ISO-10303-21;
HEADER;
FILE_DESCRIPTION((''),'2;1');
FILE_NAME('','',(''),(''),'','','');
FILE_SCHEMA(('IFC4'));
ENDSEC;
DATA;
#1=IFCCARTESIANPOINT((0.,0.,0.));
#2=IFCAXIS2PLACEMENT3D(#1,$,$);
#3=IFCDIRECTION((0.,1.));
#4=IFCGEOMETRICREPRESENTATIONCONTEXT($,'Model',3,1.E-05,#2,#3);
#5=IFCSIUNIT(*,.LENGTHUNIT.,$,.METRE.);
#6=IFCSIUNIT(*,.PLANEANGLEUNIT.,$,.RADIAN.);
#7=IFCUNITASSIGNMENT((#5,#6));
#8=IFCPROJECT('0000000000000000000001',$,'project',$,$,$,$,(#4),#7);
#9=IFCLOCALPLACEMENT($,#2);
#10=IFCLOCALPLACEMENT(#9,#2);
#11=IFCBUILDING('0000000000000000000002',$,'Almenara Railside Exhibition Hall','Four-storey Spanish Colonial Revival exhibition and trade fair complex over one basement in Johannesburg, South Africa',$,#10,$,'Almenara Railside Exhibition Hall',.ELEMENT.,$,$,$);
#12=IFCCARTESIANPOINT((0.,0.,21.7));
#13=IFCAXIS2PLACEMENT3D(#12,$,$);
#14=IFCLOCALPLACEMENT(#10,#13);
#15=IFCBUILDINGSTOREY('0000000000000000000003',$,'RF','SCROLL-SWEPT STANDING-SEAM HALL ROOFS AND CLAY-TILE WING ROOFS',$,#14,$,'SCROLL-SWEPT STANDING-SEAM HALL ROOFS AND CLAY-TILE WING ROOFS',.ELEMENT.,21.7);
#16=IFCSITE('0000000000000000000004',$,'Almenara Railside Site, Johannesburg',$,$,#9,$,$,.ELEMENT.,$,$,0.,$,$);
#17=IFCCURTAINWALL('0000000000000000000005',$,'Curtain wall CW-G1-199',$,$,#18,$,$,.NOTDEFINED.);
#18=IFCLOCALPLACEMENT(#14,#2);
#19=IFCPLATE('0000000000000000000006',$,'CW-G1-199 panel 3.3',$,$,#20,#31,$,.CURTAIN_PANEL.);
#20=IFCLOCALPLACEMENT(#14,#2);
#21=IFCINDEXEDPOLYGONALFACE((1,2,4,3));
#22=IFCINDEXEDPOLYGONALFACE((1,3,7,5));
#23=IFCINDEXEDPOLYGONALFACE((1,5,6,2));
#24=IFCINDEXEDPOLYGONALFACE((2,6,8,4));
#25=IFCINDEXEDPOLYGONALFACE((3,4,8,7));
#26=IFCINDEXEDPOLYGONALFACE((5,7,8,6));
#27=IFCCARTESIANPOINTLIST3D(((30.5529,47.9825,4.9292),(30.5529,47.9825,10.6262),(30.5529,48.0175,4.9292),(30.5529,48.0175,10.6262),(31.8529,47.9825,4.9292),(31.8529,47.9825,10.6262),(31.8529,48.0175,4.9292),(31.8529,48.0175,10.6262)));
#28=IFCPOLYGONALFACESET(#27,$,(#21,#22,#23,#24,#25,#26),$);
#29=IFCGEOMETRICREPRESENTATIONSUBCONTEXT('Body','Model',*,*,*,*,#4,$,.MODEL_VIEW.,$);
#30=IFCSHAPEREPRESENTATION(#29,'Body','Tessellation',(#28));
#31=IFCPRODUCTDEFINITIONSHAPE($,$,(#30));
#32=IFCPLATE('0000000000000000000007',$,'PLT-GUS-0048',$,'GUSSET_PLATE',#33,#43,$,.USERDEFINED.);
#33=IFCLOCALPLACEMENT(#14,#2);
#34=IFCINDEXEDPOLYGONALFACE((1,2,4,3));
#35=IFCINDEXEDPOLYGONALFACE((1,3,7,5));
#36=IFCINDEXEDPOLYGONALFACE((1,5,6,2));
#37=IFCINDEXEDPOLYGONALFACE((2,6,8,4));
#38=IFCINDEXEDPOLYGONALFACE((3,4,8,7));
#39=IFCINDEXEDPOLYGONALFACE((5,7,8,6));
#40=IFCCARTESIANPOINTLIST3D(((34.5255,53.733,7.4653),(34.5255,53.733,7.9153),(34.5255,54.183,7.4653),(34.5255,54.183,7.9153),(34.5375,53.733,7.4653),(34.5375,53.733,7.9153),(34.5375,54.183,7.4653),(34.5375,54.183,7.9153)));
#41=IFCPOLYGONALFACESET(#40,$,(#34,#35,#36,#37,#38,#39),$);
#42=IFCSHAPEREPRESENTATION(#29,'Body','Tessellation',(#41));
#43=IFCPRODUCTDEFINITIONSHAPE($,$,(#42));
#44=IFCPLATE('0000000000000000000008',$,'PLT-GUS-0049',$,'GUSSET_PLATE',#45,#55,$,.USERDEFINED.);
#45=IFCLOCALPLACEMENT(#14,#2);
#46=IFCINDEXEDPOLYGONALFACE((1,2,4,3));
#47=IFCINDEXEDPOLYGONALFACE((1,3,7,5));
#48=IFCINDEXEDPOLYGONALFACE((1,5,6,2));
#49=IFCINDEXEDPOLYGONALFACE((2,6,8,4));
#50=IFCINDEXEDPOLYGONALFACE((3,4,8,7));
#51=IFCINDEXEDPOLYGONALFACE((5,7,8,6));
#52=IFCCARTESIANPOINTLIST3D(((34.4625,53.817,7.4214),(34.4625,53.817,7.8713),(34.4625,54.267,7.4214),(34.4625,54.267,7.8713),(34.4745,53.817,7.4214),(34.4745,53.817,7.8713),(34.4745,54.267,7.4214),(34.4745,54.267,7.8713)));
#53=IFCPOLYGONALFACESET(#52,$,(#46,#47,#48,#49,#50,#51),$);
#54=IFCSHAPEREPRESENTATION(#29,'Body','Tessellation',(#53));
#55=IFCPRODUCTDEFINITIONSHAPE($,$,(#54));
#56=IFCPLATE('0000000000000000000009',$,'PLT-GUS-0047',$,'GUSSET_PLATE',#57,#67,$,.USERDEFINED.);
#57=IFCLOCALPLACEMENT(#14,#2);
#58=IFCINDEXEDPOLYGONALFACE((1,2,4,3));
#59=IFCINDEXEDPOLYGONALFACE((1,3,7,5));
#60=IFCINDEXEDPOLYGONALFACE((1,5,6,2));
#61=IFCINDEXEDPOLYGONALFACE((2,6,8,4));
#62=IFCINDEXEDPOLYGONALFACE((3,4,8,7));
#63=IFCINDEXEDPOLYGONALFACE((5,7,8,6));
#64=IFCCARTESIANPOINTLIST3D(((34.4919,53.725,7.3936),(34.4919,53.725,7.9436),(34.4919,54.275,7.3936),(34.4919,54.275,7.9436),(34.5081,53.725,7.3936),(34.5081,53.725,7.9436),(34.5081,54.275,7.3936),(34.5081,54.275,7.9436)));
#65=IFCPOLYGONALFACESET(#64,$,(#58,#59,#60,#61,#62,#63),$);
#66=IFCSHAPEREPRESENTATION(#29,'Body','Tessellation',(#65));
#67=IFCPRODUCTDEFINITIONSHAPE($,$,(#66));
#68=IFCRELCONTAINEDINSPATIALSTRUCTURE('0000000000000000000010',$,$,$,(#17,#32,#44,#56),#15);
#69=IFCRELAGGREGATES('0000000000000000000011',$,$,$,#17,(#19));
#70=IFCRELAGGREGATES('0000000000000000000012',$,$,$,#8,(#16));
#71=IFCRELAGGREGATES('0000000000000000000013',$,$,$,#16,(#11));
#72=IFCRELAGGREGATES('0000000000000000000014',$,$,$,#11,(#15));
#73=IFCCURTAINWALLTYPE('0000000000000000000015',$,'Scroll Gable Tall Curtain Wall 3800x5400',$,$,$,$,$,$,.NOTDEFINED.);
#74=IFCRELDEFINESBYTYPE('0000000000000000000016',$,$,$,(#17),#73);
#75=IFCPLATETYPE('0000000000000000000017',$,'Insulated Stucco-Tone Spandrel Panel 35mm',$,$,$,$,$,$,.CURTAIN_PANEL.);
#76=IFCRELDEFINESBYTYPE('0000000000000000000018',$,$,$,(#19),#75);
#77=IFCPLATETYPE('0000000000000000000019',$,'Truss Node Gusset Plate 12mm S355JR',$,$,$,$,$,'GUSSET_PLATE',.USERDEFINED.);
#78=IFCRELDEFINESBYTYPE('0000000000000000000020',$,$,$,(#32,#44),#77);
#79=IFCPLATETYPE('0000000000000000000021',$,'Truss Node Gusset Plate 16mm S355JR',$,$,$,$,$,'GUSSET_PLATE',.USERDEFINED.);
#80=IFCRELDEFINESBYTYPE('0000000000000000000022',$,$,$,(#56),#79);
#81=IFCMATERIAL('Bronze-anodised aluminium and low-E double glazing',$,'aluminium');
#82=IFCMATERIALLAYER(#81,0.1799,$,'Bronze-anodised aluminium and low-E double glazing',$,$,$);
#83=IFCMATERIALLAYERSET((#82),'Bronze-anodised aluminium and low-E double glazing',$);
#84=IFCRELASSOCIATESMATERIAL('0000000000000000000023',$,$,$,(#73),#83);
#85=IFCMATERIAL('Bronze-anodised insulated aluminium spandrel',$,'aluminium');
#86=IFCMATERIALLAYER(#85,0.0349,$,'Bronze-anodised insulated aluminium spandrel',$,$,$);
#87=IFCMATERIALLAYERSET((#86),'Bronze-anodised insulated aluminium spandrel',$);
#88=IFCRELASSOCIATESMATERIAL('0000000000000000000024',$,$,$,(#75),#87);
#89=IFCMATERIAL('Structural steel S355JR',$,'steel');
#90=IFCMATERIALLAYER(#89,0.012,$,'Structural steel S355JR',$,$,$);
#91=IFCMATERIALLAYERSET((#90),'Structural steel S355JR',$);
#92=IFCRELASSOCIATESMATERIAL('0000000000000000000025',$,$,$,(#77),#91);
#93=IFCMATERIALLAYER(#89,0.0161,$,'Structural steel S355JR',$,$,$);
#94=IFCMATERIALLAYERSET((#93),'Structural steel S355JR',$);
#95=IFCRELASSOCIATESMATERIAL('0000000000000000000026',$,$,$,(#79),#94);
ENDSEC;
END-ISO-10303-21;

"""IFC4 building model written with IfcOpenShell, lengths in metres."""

from ifc_helpers import new_model, si_unit, direction, frame, origin, origin_2d, place, context, subcontext, project, spatial, rectangle, extrude, material, layer, layer_set, type_object, element, aggregate, save


model = new_model("IFC4")

# Units and contexts
model_context = context("Model", 3, precision=1e-05, world=origin(), true_north=direction((0.0, 1.0)))
body_context = subcontext(model_context, "Body", "Model", "MODEL_VIEW")
ifc_project = project(units=[si_unit("LENGTHUNIT", "METRE"), si_unit("PLANEANGLEUNIT", "RADIAN")], contexts=[model_context])

# Site, building, storey
site_placement = place(None, origin())
site = spatial("IfcSite", under=ifc_project, at=site_placement, Name="Almenara Railside Site, Johannesburg", CompositionType="ELEMENT", RefElevation=0.0)
building_placement = place(site_placement, origin())
building = spatial("IfcBuilding", under=site, at=building_placement, Name="Almenara Railside Exhibition Hall", Description="Four-storey Spanish Colonial Revival exhibition and trade fair complex over one basement in Johannesburg, South Africa", LongName="Almenara Railside Exhibition Hall", CompositionType="ELEMENT")
storey_placement = place(building_placement, frame((0.0, 0.0, 21.7)))
storey = spatial("IfcBuildingStorey", under=building, at=storey_placement, Name="RF", Description="SCROLL-SWEPT STANDING-SEAM HALL ROOFS AND CLAY-TILE WING ROOFS", LongName="SCROLL-SWEPT STANDING-SEAM HALL ROOFS AND CLAY-TILE WING ROOFS", CompositionType="ELEMENT", Elevation=21.7)

# Shared definitions
ifc_material_1 = material(Name="Structural steel S355JR", Category="steel")

# Curtain wall
ifc_material_2 = material(Name="Bronze-anodised aluminium and low-E double glazing", Category="aluminium")
ifc_layer_1 = layer(ifc_material_2, 0.1799, Name="Bronze-anodised aluminium and low-E double glazing")
ifc_layer_set_1 = layer_set([ifc_layer_1], Name="Bronze-anodised aluminium and low-E double glazing")
curtain_wall_type = type_object("IfcCurtainWallType", Name="Scroll Gable Tall Curtain Wall 3800x5400", PredefinedType="NOTDEFINED", material=ifc_layer_set_1)
curtain_wall_1_placement = place(storey_placement, origin())
curtain_wall_1 = element("IfcCurtainWall", 1, at=curtain_wall_1_placement, inside=storey, type_object=curtain_wall_type, Name="Curtain wall CW-G1-199", PredefinedType="NOTDEFINED")

# Plate
ifc_material_3 = material(Name="Bronze-anodised insulated aluminium spandrel", Category="aluminium")
ifc_layer_2 = layer(ifc_material_3, 0.0349, Name="Bronze-anodised insulated aluminium spandrel")
ifc_layer_set_2 = layer_set([ifc_layer_2], Name="Bronze-anodised insulated aluminium spandrel")
plate_type_1 = type_object("IfcPlateType", Name="Insulated Stucco-Tone Spandrel Panel 35mm", PredefinedType="CURTAIN_PANEL", material=ifc_layer_set_2)
plate_1_placement = place(storey_placement, frame((31.2029, 48.0, 4.9292), z_axis=(0.0, 0.0, 1.0), x_axis=(1.0, 0.0, 0.0)))
plate_1 = element("IfcPlate", 2, at=plate_1_placement, type_object=plate_type_1, Name="CW-G1-199 panel 3.3", PredefinedType="CURTAIN_PANEL", context=body_context, shape_type="SweptSolid", body=[
    extrude(rectangle(XDim=1.3, YDim=0.0349, at=origin_2d()), origin(), (0.0, 0.0, 1.0), 5.697),
])
aggregate(curtain_wall_1, [plate_1])

# Plates
ifc_layer_3 = layer(ifc_material_1, 0.012, Name="Structural steel S355JR")
ifc_layer_set_3 = layer_set([ifc_layer_3], Name="Structural steel S355JR")
plate_type_2 = type_object("IfcPlateType", Name="Truss Node Gusset Plate 12mm S355JR", ElementType="GUSSET_PLATE", PredefinedType="USERDEFINED", material=ifc_layer_set_3)
for number, where, z_axis, x_axis, name in (
    (3, (34.5315, 53.958, 7.4653), (0.0, 0.0, 1.0), (0.0, 1.0, 0.0), "PLT-GUS-0048"),
    (4, (34.4685, 54.042, 7.4214), (0.0, 0.0, 1.0), (0.0, 1.0, 0.0), "PLT-GUS-0049"),
):
    element("IfcPlate", number, at=place(storey_placement, frame(where, z_axis=z_axis, x_axis=x_axis)), inside=storey, type_object=plate_type_2, Name=name, ObjectType="GUSSET_PLATE", PredefinedType="USERDEFINED", context=body_context, shape_type="SweptSolid", body=[
        extrude(rectangle(XDim=0.45, YDim=0.012, at=origin_2d()), origin(), (0.0, 0.0, 1.0), 0.45),
    ])
ifc_layer_4 = layer(ifc_material_1, 0.0161, Name="Structural steel S355JR")
ifc_layer_set_4 = layer_set([ifc_layer_4], Name="Structural steel S355JR")
plate_type_3 = type_object("IfcPlateType", Name="Truss Node Gusset Plate 16mm S355JR", ElementType="GUSSET_PLATE", PredefinedType="USERDEFINED", material=ifc_layer_set_4)
plate_2_placement = place(storey_placement, frame((34.5, 54.0, 7.3936), z_axis=(0.0, 0.0, 1.0), x_axis=(0.0, 1.0, 0.0)))
element("IfcPlate", 5, at=plate_2_placement, inside=storey, type_object=plate_type_3, Name="PLT-GUS-0047", ObjectType="GUSSET_PLATE", PredefinedType="USERDEFINED", context=body_context, shape_type="SweptSolid", body=[
    extrude(rectangle(XDim=0.55, YDim=0.0161, at=origin_2d()), origin(), (0.0, 0.0, 1.0), 0.55),
])

save(model, "model.ifc")
